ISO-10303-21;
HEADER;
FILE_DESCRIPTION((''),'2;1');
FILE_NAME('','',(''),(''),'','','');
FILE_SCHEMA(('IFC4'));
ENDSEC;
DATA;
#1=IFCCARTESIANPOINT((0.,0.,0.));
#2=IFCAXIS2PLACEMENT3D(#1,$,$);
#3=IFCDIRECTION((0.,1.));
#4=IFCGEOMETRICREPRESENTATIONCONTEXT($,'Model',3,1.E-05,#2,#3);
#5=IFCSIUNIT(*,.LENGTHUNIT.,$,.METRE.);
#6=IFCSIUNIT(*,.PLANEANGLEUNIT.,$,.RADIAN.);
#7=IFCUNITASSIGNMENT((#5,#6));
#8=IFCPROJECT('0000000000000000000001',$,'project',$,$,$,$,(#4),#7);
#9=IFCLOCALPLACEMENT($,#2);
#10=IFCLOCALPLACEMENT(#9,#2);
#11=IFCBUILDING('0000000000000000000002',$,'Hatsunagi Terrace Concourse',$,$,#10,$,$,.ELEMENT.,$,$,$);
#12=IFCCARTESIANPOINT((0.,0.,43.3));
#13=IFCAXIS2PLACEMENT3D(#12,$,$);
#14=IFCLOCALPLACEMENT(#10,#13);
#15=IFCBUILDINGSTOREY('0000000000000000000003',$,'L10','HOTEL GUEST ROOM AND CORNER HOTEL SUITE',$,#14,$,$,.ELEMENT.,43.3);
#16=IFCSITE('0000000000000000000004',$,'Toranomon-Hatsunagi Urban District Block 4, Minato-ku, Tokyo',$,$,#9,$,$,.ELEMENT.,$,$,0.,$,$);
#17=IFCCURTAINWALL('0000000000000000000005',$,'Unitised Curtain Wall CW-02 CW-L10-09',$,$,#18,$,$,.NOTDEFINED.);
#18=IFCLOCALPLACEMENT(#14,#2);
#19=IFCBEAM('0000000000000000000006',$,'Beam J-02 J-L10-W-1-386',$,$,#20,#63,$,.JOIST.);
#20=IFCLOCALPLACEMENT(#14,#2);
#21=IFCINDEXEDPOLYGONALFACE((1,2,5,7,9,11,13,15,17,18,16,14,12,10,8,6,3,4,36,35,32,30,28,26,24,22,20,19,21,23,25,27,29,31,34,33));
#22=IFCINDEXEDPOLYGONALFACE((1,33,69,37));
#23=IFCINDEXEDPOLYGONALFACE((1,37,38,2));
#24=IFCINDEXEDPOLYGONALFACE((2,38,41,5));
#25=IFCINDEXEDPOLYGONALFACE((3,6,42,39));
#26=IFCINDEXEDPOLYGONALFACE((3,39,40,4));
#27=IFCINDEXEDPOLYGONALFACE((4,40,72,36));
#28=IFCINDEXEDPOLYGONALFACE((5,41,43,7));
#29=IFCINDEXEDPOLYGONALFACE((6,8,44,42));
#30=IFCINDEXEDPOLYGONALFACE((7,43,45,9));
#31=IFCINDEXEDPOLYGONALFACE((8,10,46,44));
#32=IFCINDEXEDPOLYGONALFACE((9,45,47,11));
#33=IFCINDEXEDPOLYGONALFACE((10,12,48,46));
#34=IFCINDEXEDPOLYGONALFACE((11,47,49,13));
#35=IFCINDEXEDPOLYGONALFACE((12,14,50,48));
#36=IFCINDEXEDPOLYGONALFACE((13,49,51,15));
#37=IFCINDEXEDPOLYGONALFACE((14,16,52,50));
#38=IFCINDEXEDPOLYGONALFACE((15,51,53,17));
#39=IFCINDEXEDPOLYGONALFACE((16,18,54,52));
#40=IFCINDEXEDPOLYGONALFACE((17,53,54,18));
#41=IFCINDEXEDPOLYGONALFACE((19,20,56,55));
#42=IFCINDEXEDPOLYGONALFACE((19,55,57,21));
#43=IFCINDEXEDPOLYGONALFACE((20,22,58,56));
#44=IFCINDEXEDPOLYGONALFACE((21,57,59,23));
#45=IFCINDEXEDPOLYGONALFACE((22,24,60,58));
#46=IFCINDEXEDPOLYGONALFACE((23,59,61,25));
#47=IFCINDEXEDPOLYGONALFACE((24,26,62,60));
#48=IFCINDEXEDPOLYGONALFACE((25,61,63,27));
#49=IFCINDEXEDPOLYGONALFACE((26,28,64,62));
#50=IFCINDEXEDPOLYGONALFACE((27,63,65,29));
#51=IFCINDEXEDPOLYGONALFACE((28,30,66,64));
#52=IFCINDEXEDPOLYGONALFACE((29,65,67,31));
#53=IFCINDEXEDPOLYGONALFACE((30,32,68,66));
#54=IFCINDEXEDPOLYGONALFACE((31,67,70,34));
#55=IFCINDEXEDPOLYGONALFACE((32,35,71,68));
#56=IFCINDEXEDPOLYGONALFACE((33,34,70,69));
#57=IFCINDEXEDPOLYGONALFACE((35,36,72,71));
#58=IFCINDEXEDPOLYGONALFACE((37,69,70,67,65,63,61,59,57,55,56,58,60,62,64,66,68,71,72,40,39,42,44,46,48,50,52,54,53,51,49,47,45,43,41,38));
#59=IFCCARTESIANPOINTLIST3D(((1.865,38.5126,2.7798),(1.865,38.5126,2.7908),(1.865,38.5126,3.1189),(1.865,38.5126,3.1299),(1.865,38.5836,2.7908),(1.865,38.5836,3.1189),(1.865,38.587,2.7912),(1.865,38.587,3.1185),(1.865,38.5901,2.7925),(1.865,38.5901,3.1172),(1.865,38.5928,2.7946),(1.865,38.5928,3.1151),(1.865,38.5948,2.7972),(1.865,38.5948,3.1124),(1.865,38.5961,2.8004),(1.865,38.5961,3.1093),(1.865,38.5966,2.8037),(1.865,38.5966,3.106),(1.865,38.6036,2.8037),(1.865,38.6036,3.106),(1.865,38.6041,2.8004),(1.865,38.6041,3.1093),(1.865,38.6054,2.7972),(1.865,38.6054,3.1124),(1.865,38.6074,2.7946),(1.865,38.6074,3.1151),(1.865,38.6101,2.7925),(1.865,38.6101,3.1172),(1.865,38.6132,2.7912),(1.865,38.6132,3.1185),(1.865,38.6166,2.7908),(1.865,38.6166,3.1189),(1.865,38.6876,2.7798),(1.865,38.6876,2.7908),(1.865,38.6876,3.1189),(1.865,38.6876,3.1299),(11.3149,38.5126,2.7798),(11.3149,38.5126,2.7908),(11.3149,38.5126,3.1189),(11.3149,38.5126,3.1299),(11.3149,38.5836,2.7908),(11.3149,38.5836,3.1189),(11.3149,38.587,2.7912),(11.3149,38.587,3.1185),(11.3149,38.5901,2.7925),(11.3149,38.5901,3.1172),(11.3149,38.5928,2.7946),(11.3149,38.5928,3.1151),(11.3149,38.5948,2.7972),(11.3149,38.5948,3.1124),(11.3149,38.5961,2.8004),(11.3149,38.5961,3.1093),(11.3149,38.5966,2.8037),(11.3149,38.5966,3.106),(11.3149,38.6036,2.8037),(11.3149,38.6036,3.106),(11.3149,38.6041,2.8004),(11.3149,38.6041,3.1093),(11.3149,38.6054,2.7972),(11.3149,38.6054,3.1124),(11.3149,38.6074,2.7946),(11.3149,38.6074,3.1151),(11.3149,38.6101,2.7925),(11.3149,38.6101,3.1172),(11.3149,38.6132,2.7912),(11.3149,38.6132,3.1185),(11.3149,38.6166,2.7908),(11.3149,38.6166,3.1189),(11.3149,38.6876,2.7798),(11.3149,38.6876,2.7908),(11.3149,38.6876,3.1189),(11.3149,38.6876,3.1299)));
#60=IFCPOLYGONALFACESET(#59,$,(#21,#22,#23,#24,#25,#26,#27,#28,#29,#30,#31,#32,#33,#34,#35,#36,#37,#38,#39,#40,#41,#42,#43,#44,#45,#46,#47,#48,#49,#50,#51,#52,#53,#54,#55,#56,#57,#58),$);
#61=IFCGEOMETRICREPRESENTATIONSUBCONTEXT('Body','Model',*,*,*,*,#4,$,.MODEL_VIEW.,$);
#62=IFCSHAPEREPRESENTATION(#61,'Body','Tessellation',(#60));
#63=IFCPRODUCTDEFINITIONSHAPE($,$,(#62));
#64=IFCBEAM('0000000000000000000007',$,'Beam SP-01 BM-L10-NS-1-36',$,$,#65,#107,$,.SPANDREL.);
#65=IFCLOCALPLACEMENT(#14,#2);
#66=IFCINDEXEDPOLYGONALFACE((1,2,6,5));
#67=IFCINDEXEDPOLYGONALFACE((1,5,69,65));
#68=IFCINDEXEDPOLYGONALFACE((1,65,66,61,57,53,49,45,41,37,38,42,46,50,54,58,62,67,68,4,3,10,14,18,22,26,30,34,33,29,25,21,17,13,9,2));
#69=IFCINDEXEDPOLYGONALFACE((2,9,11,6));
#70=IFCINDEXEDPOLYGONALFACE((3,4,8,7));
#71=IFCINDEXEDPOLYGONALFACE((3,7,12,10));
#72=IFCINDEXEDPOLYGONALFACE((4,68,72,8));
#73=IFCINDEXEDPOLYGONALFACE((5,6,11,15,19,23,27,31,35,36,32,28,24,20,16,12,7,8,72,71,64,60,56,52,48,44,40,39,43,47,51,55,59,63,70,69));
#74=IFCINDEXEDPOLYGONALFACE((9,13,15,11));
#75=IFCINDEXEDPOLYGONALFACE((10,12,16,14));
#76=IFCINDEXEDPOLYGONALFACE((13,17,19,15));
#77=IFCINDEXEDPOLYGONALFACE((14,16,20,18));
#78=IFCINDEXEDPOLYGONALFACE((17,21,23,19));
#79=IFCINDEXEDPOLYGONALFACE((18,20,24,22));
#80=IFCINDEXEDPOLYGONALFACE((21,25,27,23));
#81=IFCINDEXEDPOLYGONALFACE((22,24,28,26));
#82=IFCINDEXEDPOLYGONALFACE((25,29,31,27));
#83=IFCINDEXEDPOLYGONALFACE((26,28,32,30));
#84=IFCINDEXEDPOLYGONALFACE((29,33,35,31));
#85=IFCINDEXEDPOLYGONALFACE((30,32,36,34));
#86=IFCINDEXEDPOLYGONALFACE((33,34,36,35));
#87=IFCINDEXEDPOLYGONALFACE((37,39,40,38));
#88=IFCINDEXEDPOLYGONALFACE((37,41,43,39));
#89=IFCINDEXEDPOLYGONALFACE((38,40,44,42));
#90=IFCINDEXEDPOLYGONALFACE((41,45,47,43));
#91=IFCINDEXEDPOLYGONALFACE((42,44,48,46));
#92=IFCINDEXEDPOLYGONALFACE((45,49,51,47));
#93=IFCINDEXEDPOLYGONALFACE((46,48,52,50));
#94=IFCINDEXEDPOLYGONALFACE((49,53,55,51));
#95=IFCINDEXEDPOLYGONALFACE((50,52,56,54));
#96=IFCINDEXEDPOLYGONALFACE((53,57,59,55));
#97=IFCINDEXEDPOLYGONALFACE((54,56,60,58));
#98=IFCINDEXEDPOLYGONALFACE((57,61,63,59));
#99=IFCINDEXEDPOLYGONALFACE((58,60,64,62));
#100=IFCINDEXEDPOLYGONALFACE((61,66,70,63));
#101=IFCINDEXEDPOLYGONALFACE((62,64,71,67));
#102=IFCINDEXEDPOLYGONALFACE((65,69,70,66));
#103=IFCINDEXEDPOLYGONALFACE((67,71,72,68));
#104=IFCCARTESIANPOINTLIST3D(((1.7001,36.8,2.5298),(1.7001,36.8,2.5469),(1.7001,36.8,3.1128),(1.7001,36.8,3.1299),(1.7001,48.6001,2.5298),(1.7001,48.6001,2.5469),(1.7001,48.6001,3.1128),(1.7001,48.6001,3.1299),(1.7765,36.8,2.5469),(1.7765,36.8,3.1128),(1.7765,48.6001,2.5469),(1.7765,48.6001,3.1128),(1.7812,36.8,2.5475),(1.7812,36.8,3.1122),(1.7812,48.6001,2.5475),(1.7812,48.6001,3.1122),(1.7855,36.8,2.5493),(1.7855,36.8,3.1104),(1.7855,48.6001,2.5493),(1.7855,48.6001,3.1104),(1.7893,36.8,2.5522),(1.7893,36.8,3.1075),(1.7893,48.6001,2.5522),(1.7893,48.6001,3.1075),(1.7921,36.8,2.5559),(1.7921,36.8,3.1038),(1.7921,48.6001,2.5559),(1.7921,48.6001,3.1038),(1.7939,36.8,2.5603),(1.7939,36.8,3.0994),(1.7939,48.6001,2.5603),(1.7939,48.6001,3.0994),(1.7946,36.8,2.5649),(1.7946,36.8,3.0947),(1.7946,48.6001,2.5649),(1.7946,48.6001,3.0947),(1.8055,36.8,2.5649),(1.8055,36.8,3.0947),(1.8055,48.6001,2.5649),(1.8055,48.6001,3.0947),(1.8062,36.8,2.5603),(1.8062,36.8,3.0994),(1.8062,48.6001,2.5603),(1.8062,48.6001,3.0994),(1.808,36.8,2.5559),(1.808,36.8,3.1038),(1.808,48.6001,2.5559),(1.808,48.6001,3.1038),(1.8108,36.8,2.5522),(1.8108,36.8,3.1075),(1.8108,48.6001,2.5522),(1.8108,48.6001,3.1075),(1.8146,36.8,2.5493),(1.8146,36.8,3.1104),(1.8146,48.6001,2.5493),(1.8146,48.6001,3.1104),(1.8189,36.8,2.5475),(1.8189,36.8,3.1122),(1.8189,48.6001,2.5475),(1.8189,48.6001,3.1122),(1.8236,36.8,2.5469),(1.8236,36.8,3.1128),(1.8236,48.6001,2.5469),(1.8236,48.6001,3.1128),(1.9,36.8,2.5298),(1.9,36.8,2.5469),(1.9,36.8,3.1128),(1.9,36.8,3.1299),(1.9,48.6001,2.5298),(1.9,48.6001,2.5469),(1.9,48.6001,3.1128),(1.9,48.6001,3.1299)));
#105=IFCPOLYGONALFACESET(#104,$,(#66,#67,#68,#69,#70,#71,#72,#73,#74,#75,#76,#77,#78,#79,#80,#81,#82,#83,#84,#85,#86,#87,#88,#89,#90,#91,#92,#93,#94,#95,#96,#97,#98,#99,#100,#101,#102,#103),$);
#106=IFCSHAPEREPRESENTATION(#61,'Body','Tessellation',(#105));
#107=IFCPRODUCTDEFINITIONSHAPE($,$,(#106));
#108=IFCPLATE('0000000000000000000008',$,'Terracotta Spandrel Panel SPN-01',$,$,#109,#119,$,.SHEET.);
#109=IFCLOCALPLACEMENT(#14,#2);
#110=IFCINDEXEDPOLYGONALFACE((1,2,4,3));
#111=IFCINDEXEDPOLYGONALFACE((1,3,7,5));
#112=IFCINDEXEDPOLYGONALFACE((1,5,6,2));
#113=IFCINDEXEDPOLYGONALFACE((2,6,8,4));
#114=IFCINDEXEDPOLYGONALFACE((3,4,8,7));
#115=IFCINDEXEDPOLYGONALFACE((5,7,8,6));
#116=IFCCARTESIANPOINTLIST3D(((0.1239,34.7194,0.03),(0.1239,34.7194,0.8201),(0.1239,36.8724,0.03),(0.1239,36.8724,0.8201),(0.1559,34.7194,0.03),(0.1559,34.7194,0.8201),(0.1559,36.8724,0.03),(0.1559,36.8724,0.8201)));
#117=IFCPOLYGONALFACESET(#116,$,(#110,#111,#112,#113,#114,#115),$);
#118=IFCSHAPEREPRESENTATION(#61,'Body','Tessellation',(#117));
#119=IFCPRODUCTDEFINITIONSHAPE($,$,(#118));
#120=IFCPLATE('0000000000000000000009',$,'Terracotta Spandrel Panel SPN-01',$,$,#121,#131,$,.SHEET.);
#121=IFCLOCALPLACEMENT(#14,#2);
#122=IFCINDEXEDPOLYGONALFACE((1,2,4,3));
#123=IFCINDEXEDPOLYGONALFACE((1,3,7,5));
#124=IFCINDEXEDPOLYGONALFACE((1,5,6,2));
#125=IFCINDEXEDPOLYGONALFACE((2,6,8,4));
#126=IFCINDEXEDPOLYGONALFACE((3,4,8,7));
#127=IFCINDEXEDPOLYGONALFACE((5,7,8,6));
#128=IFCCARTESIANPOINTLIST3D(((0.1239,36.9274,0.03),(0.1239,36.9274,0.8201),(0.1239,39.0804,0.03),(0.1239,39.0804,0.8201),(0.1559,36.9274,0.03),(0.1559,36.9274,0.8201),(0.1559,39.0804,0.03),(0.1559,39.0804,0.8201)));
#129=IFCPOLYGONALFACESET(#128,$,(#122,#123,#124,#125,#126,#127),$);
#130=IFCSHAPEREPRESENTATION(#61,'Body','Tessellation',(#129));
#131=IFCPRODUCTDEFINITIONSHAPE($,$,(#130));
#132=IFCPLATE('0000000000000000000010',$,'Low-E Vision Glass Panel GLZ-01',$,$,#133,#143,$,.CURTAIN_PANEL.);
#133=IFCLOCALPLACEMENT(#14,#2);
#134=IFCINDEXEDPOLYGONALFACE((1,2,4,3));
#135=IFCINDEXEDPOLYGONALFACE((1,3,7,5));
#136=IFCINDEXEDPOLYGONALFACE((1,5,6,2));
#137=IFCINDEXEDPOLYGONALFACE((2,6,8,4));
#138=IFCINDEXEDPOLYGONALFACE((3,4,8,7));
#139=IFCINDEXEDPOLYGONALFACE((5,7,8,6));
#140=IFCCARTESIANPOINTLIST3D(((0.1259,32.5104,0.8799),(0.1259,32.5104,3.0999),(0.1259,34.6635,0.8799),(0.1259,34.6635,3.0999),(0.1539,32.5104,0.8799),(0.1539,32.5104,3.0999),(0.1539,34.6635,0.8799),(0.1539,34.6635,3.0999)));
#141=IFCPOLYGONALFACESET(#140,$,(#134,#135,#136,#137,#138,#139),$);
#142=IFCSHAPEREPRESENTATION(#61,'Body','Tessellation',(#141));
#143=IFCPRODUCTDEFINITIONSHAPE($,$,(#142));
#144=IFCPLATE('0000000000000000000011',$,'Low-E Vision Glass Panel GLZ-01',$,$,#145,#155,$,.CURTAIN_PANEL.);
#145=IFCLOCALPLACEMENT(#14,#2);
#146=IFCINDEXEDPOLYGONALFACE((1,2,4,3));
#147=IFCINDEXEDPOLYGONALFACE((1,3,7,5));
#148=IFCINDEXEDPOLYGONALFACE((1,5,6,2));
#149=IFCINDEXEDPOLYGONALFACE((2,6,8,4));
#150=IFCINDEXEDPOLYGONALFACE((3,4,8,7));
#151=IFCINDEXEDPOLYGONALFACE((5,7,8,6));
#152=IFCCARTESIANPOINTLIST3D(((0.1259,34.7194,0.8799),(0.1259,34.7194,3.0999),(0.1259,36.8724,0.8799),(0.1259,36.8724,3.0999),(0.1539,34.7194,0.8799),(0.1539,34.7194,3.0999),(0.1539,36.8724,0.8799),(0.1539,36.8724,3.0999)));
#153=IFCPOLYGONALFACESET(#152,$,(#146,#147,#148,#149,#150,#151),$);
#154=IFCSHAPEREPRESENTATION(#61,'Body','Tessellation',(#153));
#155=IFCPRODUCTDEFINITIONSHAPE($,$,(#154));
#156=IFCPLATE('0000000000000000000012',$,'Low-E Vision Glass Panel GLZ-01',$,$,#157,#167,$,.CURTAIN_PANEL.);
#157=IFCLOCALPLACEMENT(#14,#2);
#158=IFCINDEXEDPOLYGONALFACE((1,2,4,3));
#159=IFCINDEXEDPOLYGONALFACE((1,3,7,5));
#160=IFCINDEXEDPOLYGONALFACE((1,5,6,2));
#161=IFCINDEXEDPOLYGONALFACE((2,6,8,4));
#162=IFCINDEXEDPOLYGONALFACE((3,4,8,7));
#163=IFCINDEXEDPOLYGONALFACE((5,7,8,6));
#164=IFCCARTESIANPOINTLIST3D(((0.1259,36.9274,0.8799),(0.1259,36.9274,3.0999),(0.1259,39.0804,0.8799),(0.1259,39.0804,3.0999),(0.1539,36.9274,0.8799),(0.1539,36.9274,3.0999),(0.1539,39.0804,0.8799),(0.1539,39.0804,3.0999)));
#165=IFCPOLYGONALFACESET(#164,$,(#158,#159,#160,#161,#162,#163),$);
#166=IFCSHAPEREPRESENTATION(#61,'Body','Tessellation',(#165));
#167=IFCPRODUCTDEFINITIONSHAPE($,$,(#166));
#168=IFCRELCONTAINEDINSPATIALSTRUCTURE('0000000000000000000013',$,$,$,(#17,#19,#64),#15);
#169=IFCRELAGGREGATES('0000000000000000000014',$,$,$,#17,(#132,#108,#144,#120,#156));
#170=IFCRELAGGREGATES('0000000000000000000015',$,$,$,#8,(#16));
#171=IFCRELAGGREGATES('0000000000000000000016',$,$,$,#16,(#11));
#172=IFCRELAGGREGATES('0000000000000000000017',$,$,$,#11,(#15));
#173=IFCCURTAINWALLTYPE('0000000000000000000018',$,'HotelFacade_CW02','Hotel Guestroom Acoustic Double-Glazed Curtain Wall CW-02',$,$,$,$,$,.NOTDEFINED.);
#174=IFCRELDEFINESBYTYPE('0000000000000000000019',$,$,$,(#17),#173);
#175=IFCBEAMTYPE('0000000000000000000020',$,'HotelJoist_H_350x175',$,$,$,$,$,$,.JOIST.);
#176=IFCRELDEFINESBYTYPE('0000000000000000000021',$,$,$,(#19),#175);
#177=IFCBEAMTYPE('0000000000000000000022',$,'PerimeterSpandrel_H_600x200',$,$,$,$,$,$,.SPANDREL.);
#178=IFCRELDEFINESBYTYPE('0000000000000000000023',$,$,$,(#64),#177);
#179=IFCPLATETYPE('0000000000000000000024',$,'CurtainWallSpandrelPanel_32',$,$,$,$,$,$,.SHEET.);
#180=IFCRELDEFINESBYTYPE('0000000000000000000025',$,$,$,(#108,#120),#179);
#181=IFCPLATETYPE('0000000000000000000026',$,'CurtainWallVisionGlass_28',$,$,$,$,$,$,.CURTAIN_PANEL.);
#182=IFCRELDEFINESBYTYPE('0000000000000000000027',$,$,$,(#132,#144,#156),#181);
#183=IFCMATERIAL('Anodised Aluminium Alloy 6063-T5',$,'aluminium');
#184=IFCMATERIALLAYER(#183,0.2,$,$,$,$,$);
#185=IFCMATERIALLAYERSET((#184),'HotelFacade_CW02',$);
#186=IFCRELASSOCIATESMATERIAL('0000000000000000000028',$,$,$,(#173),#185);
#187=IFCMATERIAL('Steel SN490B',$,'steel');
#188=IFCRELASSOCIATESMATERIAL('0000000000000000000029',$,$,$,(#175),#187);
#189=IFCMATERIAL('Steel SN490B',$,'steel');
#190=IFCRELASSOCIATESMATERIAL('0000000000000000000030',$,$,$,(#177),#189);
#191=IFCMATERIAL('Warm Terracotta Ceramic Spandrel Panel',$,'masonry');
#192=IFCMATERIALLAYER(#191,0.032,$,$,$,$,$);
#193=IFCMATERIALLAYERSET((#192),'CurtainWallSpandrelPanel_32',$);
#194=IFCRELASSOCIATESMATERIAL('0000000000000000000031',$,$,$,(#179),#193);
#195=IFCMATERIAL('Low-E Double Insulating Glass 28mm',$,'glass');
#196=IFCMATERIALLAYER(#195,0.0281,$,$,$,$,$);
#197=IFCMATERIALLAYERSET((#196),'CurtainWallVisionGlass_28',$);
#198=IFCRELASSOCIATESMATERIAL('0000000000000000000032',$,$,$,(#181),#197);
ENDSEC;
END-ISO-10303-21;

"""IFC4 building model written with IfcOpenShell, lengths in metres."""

from ifc_helpers import new_model, si_unit, direction, frame, origin, origin_2d, place, context, subcontext, project, spatial, rectangle, i_section, extrude, material, layer, layer_set, material_profile, profile_set, type_object, element, aggregate, save


model = new_model("IFC4")

# Units and contexts
model_context = context("Model", 3, precision=1e-05, world=origin(), true_north=direction((0.0, 1.0)))
body_context = subcontext(model_context, "Body", "Model", "MODEL_VIEW")
ifc_project = project(units=[si_unit("LENGTHUNIT", "METRE"), si_unit("PLANEANGLEUNIT", "RADIAN")], contexts=[model_context])

# Site, building, storey
site_placement = place(None, origin())
site = spatial("IfcSite", under=ifc_project, at=site_placement, Name="Toranomon-Hatsunagi Urban District Block 4, Minato-ku, Tokyo", CompositionType="ELEMENT", RefElevation=0.0)
building_placement = place(site_placement, origin())
building = spatial("IfcBuilding", under=site, at=building_placement, Name="Hatsunagi Terrace Concourse", CompositionType="ELEMENT")
storey_placement = place(building_placement, frame((0.0, 0.0, 43.3)))
storey = spatial("IfcBuildingStorey", under=building, at=storey_placement, Name="L10", Description="HOTEL GUEST ROOM AND CORNER HOTEL SUITE", CompositionType="ELEMENT", Elevation=43.3)

# Curtain wall
ifc_material_1 = material(Name="Anodised Aluminium Alloy 6063-T5", Category="aluminium")
ifc_layer_1 = layer(ifc_material_1, 0.2)
ifc_layer_set_1 = layer_set([ifc_layer_1], Name="HotelFacade_CW02")
curtain_wall_type = type_object("IfcCurtainWallType", Name="HotelFacade_CW02", Description="Hotel Guestroom Acoustic Double-Glazed Curtain Wall CW-02", PredefinedType="NOTDEFINED", material=ifc_layer_set_1)
curtain_wall_placement = place(storey_placement, origin())
curtain_wall = element("IfcCurtainWall", 1, at=curtain_wall_placement, inside=storey, type_object=curtain_wall_type, Name="Unitised Curtain Wall CW-02 CW-L10-09", PredefinedType="NOTDEFINED")

# Beams
ifc_material_2 = material(Name="Steel SN490B", Category="steel")
ifc_material_profile_1 = material_profile(ifc_material_2, i_section(OverallWidth=0.175, OverallDepth=0.3501, WebThickness=0.0071, FlangeThickness=0.011, FilletRadius=0.0129, at=origin_2d()), Name="H-350x175x7x11")
ifc_profile_set_1 = profile_set([ifc_material_profile_1], Name="Steel SN490B")
beam_type_1 = type_object("IfcBeamType", Name="HotelJoist_H_350x175", PredefinedType="JOIST", material=ifc_profile_set_1)
for number, where, z_axis, x_axis, name in (
    (2, (1.865, 38.6001, 2.9548), (1.0, 0.0, 0.0), (0.0, 1.0, 0.0), "Beam J-02 J-L10-W-1-386"),
):
    element("IfcBeam", number, at=place(storey_placement, frame(where, z_axis=z_axis, x_axis=x_axis)), inside=storey, type_object=beam_type_1, Name=name, PredefinedType="JOIST", context=body_context, shape_type="SweptSolid", body=[
        extrude(i_section(OverallWidth=0.175, OverallDepth=0.3501, WebThickness=0.0071, FlangeThickness=0.011, FilletRadius=0.0129, at=origin_2d()), origin(), (0.0, 0.0, 1.0), 9.45),
    ])
ifc_material_3 = material(Name="Steel SN490B", Category="steel")
ifc_material_profile_2 = material_profile(ifc_material_3, i_section(OverallWidth=0.2, OverallDepth=0.6001, WebThickness=0.011, FlangeThickness=0.0171, FilletRadius=0.0181, at=origin_2d()), Name="H-600x200x11x17")
ifc_profile_set_2 = profile_set([ifc_material_profile_2], Name="Steel SN490B")
beam_type_2 = type_object("IfcBeamType", Name="PerimeterSpandrel_H_600x200", PredefinedType="SPANDREL", material=ifc_profile_set_2)
beam_1_placement = place(storey_placement, frame((1.8, 36.8, 2.8298), z_axis=(0.0, 1.0, 0.0), x_axis=(-1.0, 0.0, 0.0)))
element("IfcBeam", 3, at=beam_1_placement, inside=storey, type_object=beam_type_2, Name="Beam SP-01 BM-L10-NS-1-36", PredefinedType="SPANDREL", context=body_context, shape_type="SweptSolid", body=[
    extrude(i_section(OverallWidth=0.2, OverallDepth=0.6001, WebThickness=0.011, FlangeThickness=0.0171, FilletRadius=0.0181, at=origin_2d()), origin(), (0.0, 0.0, 1.0), 11.8),
])

# Plates
ifc_material_4 = material(Name="Warm Terracotta Ceramic Spandrel Panel", Category="masonry")
ifc_layer_2 = layer(ifc_material_4, 0.032)
ifc_layer_set_2 = layer_set([ifc_layer_2], Name="CurtainWallSpandrelPanel_32")
plate_type_1 = type_object("IfcPlateType", Name="CurtainWallSpandrelPanel_32", PredefinedType="SHEET", material=ifc_layer_set_2)
plate_1_placement = place(storey_placement, frame((0.1399, 35.7959, 0.03), z_axis=(0.0, 0.0, 1.0), x_axis=(0.0, 1.0, 0.0)))
plate_1 = element("IfcPlate", 4, at=plate_1_placement, type_object=plate_type_1, Name="Terracotta Spandrel Panel SPN-01", PredefinedType="SHEET", context=body_context, shape_type="SweptSolid", body=[
    extrude(rectangle(XDim=2.1531, YDim=0.032, at=origin_2d()), origin(), (0.0, 0.0, 1.0), 0.79),
])
plate_2_placement = place(storey_placement, frame((0.1399, 38.0039, 0.03), z_axis=(0.0, 0.0, 1.0), x_axis=(0.0, 1.0, 0.0)))
plate_2 = element("IfcPlate", 5, at=plate_2_placement, type_object=plate_type_1, Name="Terracotta Spandrel Panel SPN-01", PredefinedType="SHEET", context=body_context, shape_type="SweptSolid", body=[
    extrude(rectangle(XDim=2.1531, YDim=0.032, at=origin_2d()), origin(), (0.0, 0.0, 1.0), 0.79),
])
ifc_material_5 = material(Name="Low-E Double Insulating Glass 28mm", Category="glass")
ifc_layer_3 = layer(ifc_material_5, 0.0281)
ifc_layer_set_3 = layer_set([ifc_layer_3], Name="CurtainWallVisionGlass_28")
plate_type_2 = type_object("IfcPlateType", Name="CurtainWallVisionGlass_28", PredefinedType="CURTAIN_PANEL", material=ifc_layer_set_3)
plate_3_placement = place(storey_placement, frame((0.1399, 33.5869, 0.8799), z_axis=(0.0, 0.0, 1.0), x_axis=(0.0, 1.0, 0.0)))
plate_3 = element("IfcPlate", 6, at=plate_3_placement, type_object=plate_type_2, Name="Low-E Vision Glass Panel GLZ-01", PredefinedType="CURTAIN_PANEL", context=body_context, shape_type="SweptSolid", body=[
    extrude(rectangle(XDim=2.1531, YDim=0.0281, at=origin_2d()), origin(), (0.0, 0.0, 1.0), 2.22),
])
plate_4_placement = place(storey_placement, frame((0.1399, 35.7959, 0.8799), z_axis=(0.0, 0.0, 1.0), x_axis=(0.0, 1.0, 0.0)))
plate_4 = element("IfcPlate", 7, at=plate_4_placement, type_object=plate_type_2, Name="Low-E Vision Glass Panel GLZ-01", PredefinedType="CURTAIN_PANEL", context=body_context, shape_type="SweptSolid", body=[
    extrude(rectangle(XDim=2.1531, YDim=0.0281, at=origin_2d()), origin(), (0.0, 0.0, 1.0), 2.22),
])
plate_5_placement = place(storey_placement, frame((0.1399, 38.0039, 0.8799), z_axis=(0.0, 0.0, 1.0), x_axis=(0.0, 1.0, 0.0)))
plate_5 = element("IfcPlate", 8, at=plate_5_placement, type_object=plate_type_2, Name="Low-E Vision Glass Panel GLZ-01", PredefinedType="CURTAIN_PANEL", context=body_context, shape_type="SweptSolid", body=[
    extrude(rectangle(XDim=2.1531, YDim=0.0281, at=origin_2d()), origin(), (0.0, 0.0, 1.0), 2.22),
])
aggregate(curtain_wall, [plate_3, plate_1, plate_4, plate_2, plate_5])

save(model, "model.ifc")
